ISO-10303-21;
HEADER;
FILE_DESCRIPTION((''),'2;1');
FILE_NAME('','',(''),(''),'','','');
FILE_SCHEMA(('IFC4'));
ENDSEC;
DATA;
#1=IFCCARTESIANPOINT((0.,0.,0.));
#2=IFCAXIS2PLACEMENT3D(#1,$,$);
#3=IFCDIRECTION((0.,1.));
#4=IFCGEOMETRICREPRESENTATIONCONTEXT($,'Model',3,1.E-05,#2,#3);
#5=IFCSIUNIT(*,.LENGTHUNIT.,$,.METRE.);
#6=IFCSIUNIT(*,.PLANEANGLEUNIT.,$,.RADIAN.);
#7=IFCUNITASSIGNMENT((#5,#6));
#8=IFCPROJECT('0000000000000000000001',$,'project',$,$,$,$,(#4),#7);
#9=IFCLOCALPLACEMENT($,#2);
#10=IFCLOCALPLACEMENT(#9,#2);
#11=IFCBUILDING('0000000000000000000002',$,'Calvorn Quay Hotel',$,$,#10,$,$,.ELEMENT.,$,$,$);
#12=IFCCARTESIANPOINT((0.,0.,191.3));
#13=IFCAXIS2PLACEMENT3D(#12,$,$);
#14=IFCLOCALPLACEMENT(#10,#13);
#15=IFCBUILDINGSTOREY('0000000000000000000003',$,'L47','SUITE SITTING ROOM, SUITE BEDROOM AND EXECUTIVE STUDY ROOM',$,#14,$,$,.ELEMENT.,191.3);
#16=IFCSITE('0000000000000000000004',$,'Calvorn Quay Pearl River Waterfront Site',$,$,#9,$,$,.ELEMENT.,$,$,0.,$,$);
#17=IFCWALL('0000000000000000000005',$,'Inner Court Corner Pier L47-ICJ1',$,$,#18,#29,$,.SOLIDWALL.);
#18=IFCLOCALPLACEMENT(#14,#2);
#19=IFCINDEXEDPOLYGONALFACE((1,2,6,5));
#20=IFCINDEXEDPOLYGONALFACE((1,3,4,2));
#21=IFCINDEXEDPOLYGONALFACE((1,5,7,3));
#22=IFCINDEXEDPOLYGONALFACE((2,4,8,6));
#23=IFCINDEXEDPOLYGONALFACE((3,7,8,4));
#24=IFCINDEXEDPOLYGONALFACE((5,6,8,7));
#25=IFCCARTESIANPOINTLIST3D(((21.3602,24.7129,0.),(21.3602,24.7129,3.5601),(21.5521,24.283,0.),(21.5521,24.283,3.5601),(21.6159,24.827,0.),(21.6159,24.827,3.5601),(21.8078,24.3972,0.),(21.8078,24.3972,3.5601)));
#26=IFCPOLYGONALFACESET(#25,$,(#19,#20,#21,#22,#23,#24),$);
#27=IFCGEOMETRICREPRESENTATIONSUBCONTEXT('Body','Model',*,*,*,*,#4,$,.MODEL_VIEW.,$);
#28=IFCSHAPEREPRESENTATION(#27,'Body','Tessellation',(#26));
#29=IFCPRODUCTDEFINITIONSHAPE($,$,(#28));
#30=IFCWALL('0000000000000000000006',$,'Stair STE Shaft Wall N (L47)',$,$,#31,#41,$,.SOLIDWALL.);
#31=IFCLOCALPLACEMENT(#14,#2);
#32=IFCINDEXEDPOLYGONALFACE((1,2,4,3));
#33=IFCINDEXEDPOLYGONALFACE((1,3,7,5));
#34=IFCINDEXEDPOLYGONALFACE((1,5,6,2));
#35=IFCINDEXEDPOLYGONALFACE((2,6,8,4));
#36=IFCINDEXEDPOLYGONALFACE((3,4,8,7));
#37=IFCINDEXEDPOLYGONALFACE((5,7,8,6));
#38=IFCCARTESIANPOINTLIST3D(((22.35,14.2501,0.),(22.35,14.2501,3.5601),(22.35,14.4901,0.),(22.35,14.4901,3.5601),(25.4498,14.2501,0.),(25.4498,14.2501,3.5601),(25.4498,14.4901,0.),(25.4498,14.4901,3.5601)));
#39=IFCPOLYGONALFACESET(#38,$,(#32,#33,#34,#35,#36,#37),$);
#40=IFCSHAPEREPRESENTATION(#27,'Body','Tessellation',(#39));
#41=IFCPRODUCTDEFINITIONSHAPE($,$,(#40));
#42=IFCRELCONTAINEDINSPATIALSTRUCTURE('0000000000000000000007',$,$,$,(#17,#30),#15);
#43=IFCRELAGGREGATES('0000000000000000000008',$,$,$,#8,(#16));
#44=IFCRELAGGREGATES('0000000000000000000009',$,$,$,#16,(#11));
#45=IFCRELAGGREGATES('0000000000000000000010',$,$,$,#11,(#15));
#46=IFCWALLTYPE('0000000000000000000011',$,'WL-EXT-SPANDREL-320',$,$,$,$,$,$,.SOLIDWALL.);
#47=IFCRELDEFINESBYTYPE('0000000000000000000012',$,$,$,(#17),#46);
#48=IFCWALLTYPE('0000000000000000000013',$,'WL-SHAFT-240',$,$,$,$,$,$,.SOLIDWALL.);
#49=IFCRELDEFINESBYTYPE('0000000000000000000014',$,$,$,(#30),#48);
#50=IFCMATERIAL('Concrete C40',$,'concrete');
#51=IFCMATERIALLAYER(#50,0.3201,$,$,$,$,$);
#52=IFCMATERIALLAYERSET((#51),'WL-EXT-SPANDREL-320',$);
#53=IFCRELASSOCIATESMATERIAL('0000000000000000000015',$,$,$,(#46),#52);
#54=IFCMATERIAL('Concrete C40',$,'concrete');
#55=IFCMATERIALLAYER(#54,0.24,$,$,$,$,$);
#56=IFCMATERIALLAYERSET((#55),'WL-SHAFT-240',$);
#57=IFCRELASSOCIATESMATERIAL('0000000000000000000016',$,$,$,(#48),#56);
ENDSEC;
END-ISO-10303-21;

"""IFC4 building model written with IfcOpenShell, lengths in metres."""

from ifc_helpers import new_model, si_unit, direction, frame, frame_2d, origin, place, context, subcontext, project, spatial, rectangle, extrude, material, layer, layer_set, type_object, element, save


model = new_model("IFC4")

# Units and contexts
model_context = context("Model", 3, precision=1e-05, world=origin(), true_north=direction((0.0, 1.0)))
body_context = subcontext(model_context, "Body", "Model", "MODEL_VIEW")
ifc_project = project(units=[si_unit("LENGTHUNIT", "METRE"), si_unit("PLANEANGLEUNIT", "RADIAN")], contexts=[model_context])

# Site, building, storey
site_placement = place(None, origin())
site = spatial("IfcSite", under=ifc_project, at=site_placement, Name="Calvorn Quay Pearl River Waterfront Site", CompositionType="ELEMENT", RefElevation=0.0)
building_placement = place(site_placement, origin())
building = spatial("IfcBuilding", under=site, at=building_placement, Name="Calvorn Quay Hotel", CompositionType="ELEMENT")
storey_placement = place(building_placement, frame((0.0, 0.0, 191.3)))
storey = spatial("IfcBuildingStorey", under=building, at=storey_placement, Name="L47", Description="SUITE SITTING ROOM, SUITE BEDROOM AND EXECUTIVE STUDY ROOM", CompositionType="ELEMENT", Elevation=191.3)

# Walls
ifc_material_1 = material(Name="Concrete C40", Category="concrete")
ifc_layer_1 = layer(ifc_material_1, 0.3201)
ifc_layer_set_1 = layer_set([ifc_layer_1], Name="WL-EXT-SPANDREL-320")
wall_type_1 = type_object("IfcWallType", Name="WL-EXT-SPANDREL-320", PredefinedType="SOLIDWALL", material=ifc_layer_set_1)
wall_1_placement = place(storey_placement, frame((21.6799, 24.3401, 0.0), z_axis=(0.0, 0.0, 1.0), x_axis=(-0.407581, 0.913169, 0.0)))
element("IfcWall", 1, at=wall_1_placement, inside=storey, type_object=wall_type_1, Name="Inner Court Corner Pier L47-ICJ1", PredefinedType="SOLIDWALL", context=body_context, shape_type="SweptSolid", body=[
    extrude(rectangle(XDim=0.4707, YDim=0.28, at=frame_2d((0.2354, 0.0))), origin(), (0.0, 0.0, 1.0), 3.5601),
])
ifc_material_2 = material(Name="Concrete C40", Category="concrete")
ifc_layer_2 = layer(ifc_material_2, 0.24)
ifc_layer_set_2 = layer_set([ifc_layer_2], Name="WL-SHAFT-240")
wall_type_2 = type_object("IfcWallType", Name="WL-SHAFT-240", PredefinedType="SOLIDWALL", material=ifc_layer_set_2)
wall_2_placement = place(storey_placement, frame((22.3501, 14.3701, 0.0), z_axis=(0.0, 0.0, 1.0), x_axis=(1.0, 0.0, 0.0)))
element("IfcWall", 2, at=wall_2_placement, inside=storey, type_object=wall_type_2, Name="Stair STE Shaft Wall N (L47)", PredefinedType="SOLIDWALL", context=body_context, shape_type="SweptSolid", body=[
    extrude(rectangle(XDim=3.0999, YDim=0.24, at=frame_2d((1.5498, 0.0))), origin(), (0.0, 0.0, 1.0), 3.5601),
])

save(model, "model.ifc")
